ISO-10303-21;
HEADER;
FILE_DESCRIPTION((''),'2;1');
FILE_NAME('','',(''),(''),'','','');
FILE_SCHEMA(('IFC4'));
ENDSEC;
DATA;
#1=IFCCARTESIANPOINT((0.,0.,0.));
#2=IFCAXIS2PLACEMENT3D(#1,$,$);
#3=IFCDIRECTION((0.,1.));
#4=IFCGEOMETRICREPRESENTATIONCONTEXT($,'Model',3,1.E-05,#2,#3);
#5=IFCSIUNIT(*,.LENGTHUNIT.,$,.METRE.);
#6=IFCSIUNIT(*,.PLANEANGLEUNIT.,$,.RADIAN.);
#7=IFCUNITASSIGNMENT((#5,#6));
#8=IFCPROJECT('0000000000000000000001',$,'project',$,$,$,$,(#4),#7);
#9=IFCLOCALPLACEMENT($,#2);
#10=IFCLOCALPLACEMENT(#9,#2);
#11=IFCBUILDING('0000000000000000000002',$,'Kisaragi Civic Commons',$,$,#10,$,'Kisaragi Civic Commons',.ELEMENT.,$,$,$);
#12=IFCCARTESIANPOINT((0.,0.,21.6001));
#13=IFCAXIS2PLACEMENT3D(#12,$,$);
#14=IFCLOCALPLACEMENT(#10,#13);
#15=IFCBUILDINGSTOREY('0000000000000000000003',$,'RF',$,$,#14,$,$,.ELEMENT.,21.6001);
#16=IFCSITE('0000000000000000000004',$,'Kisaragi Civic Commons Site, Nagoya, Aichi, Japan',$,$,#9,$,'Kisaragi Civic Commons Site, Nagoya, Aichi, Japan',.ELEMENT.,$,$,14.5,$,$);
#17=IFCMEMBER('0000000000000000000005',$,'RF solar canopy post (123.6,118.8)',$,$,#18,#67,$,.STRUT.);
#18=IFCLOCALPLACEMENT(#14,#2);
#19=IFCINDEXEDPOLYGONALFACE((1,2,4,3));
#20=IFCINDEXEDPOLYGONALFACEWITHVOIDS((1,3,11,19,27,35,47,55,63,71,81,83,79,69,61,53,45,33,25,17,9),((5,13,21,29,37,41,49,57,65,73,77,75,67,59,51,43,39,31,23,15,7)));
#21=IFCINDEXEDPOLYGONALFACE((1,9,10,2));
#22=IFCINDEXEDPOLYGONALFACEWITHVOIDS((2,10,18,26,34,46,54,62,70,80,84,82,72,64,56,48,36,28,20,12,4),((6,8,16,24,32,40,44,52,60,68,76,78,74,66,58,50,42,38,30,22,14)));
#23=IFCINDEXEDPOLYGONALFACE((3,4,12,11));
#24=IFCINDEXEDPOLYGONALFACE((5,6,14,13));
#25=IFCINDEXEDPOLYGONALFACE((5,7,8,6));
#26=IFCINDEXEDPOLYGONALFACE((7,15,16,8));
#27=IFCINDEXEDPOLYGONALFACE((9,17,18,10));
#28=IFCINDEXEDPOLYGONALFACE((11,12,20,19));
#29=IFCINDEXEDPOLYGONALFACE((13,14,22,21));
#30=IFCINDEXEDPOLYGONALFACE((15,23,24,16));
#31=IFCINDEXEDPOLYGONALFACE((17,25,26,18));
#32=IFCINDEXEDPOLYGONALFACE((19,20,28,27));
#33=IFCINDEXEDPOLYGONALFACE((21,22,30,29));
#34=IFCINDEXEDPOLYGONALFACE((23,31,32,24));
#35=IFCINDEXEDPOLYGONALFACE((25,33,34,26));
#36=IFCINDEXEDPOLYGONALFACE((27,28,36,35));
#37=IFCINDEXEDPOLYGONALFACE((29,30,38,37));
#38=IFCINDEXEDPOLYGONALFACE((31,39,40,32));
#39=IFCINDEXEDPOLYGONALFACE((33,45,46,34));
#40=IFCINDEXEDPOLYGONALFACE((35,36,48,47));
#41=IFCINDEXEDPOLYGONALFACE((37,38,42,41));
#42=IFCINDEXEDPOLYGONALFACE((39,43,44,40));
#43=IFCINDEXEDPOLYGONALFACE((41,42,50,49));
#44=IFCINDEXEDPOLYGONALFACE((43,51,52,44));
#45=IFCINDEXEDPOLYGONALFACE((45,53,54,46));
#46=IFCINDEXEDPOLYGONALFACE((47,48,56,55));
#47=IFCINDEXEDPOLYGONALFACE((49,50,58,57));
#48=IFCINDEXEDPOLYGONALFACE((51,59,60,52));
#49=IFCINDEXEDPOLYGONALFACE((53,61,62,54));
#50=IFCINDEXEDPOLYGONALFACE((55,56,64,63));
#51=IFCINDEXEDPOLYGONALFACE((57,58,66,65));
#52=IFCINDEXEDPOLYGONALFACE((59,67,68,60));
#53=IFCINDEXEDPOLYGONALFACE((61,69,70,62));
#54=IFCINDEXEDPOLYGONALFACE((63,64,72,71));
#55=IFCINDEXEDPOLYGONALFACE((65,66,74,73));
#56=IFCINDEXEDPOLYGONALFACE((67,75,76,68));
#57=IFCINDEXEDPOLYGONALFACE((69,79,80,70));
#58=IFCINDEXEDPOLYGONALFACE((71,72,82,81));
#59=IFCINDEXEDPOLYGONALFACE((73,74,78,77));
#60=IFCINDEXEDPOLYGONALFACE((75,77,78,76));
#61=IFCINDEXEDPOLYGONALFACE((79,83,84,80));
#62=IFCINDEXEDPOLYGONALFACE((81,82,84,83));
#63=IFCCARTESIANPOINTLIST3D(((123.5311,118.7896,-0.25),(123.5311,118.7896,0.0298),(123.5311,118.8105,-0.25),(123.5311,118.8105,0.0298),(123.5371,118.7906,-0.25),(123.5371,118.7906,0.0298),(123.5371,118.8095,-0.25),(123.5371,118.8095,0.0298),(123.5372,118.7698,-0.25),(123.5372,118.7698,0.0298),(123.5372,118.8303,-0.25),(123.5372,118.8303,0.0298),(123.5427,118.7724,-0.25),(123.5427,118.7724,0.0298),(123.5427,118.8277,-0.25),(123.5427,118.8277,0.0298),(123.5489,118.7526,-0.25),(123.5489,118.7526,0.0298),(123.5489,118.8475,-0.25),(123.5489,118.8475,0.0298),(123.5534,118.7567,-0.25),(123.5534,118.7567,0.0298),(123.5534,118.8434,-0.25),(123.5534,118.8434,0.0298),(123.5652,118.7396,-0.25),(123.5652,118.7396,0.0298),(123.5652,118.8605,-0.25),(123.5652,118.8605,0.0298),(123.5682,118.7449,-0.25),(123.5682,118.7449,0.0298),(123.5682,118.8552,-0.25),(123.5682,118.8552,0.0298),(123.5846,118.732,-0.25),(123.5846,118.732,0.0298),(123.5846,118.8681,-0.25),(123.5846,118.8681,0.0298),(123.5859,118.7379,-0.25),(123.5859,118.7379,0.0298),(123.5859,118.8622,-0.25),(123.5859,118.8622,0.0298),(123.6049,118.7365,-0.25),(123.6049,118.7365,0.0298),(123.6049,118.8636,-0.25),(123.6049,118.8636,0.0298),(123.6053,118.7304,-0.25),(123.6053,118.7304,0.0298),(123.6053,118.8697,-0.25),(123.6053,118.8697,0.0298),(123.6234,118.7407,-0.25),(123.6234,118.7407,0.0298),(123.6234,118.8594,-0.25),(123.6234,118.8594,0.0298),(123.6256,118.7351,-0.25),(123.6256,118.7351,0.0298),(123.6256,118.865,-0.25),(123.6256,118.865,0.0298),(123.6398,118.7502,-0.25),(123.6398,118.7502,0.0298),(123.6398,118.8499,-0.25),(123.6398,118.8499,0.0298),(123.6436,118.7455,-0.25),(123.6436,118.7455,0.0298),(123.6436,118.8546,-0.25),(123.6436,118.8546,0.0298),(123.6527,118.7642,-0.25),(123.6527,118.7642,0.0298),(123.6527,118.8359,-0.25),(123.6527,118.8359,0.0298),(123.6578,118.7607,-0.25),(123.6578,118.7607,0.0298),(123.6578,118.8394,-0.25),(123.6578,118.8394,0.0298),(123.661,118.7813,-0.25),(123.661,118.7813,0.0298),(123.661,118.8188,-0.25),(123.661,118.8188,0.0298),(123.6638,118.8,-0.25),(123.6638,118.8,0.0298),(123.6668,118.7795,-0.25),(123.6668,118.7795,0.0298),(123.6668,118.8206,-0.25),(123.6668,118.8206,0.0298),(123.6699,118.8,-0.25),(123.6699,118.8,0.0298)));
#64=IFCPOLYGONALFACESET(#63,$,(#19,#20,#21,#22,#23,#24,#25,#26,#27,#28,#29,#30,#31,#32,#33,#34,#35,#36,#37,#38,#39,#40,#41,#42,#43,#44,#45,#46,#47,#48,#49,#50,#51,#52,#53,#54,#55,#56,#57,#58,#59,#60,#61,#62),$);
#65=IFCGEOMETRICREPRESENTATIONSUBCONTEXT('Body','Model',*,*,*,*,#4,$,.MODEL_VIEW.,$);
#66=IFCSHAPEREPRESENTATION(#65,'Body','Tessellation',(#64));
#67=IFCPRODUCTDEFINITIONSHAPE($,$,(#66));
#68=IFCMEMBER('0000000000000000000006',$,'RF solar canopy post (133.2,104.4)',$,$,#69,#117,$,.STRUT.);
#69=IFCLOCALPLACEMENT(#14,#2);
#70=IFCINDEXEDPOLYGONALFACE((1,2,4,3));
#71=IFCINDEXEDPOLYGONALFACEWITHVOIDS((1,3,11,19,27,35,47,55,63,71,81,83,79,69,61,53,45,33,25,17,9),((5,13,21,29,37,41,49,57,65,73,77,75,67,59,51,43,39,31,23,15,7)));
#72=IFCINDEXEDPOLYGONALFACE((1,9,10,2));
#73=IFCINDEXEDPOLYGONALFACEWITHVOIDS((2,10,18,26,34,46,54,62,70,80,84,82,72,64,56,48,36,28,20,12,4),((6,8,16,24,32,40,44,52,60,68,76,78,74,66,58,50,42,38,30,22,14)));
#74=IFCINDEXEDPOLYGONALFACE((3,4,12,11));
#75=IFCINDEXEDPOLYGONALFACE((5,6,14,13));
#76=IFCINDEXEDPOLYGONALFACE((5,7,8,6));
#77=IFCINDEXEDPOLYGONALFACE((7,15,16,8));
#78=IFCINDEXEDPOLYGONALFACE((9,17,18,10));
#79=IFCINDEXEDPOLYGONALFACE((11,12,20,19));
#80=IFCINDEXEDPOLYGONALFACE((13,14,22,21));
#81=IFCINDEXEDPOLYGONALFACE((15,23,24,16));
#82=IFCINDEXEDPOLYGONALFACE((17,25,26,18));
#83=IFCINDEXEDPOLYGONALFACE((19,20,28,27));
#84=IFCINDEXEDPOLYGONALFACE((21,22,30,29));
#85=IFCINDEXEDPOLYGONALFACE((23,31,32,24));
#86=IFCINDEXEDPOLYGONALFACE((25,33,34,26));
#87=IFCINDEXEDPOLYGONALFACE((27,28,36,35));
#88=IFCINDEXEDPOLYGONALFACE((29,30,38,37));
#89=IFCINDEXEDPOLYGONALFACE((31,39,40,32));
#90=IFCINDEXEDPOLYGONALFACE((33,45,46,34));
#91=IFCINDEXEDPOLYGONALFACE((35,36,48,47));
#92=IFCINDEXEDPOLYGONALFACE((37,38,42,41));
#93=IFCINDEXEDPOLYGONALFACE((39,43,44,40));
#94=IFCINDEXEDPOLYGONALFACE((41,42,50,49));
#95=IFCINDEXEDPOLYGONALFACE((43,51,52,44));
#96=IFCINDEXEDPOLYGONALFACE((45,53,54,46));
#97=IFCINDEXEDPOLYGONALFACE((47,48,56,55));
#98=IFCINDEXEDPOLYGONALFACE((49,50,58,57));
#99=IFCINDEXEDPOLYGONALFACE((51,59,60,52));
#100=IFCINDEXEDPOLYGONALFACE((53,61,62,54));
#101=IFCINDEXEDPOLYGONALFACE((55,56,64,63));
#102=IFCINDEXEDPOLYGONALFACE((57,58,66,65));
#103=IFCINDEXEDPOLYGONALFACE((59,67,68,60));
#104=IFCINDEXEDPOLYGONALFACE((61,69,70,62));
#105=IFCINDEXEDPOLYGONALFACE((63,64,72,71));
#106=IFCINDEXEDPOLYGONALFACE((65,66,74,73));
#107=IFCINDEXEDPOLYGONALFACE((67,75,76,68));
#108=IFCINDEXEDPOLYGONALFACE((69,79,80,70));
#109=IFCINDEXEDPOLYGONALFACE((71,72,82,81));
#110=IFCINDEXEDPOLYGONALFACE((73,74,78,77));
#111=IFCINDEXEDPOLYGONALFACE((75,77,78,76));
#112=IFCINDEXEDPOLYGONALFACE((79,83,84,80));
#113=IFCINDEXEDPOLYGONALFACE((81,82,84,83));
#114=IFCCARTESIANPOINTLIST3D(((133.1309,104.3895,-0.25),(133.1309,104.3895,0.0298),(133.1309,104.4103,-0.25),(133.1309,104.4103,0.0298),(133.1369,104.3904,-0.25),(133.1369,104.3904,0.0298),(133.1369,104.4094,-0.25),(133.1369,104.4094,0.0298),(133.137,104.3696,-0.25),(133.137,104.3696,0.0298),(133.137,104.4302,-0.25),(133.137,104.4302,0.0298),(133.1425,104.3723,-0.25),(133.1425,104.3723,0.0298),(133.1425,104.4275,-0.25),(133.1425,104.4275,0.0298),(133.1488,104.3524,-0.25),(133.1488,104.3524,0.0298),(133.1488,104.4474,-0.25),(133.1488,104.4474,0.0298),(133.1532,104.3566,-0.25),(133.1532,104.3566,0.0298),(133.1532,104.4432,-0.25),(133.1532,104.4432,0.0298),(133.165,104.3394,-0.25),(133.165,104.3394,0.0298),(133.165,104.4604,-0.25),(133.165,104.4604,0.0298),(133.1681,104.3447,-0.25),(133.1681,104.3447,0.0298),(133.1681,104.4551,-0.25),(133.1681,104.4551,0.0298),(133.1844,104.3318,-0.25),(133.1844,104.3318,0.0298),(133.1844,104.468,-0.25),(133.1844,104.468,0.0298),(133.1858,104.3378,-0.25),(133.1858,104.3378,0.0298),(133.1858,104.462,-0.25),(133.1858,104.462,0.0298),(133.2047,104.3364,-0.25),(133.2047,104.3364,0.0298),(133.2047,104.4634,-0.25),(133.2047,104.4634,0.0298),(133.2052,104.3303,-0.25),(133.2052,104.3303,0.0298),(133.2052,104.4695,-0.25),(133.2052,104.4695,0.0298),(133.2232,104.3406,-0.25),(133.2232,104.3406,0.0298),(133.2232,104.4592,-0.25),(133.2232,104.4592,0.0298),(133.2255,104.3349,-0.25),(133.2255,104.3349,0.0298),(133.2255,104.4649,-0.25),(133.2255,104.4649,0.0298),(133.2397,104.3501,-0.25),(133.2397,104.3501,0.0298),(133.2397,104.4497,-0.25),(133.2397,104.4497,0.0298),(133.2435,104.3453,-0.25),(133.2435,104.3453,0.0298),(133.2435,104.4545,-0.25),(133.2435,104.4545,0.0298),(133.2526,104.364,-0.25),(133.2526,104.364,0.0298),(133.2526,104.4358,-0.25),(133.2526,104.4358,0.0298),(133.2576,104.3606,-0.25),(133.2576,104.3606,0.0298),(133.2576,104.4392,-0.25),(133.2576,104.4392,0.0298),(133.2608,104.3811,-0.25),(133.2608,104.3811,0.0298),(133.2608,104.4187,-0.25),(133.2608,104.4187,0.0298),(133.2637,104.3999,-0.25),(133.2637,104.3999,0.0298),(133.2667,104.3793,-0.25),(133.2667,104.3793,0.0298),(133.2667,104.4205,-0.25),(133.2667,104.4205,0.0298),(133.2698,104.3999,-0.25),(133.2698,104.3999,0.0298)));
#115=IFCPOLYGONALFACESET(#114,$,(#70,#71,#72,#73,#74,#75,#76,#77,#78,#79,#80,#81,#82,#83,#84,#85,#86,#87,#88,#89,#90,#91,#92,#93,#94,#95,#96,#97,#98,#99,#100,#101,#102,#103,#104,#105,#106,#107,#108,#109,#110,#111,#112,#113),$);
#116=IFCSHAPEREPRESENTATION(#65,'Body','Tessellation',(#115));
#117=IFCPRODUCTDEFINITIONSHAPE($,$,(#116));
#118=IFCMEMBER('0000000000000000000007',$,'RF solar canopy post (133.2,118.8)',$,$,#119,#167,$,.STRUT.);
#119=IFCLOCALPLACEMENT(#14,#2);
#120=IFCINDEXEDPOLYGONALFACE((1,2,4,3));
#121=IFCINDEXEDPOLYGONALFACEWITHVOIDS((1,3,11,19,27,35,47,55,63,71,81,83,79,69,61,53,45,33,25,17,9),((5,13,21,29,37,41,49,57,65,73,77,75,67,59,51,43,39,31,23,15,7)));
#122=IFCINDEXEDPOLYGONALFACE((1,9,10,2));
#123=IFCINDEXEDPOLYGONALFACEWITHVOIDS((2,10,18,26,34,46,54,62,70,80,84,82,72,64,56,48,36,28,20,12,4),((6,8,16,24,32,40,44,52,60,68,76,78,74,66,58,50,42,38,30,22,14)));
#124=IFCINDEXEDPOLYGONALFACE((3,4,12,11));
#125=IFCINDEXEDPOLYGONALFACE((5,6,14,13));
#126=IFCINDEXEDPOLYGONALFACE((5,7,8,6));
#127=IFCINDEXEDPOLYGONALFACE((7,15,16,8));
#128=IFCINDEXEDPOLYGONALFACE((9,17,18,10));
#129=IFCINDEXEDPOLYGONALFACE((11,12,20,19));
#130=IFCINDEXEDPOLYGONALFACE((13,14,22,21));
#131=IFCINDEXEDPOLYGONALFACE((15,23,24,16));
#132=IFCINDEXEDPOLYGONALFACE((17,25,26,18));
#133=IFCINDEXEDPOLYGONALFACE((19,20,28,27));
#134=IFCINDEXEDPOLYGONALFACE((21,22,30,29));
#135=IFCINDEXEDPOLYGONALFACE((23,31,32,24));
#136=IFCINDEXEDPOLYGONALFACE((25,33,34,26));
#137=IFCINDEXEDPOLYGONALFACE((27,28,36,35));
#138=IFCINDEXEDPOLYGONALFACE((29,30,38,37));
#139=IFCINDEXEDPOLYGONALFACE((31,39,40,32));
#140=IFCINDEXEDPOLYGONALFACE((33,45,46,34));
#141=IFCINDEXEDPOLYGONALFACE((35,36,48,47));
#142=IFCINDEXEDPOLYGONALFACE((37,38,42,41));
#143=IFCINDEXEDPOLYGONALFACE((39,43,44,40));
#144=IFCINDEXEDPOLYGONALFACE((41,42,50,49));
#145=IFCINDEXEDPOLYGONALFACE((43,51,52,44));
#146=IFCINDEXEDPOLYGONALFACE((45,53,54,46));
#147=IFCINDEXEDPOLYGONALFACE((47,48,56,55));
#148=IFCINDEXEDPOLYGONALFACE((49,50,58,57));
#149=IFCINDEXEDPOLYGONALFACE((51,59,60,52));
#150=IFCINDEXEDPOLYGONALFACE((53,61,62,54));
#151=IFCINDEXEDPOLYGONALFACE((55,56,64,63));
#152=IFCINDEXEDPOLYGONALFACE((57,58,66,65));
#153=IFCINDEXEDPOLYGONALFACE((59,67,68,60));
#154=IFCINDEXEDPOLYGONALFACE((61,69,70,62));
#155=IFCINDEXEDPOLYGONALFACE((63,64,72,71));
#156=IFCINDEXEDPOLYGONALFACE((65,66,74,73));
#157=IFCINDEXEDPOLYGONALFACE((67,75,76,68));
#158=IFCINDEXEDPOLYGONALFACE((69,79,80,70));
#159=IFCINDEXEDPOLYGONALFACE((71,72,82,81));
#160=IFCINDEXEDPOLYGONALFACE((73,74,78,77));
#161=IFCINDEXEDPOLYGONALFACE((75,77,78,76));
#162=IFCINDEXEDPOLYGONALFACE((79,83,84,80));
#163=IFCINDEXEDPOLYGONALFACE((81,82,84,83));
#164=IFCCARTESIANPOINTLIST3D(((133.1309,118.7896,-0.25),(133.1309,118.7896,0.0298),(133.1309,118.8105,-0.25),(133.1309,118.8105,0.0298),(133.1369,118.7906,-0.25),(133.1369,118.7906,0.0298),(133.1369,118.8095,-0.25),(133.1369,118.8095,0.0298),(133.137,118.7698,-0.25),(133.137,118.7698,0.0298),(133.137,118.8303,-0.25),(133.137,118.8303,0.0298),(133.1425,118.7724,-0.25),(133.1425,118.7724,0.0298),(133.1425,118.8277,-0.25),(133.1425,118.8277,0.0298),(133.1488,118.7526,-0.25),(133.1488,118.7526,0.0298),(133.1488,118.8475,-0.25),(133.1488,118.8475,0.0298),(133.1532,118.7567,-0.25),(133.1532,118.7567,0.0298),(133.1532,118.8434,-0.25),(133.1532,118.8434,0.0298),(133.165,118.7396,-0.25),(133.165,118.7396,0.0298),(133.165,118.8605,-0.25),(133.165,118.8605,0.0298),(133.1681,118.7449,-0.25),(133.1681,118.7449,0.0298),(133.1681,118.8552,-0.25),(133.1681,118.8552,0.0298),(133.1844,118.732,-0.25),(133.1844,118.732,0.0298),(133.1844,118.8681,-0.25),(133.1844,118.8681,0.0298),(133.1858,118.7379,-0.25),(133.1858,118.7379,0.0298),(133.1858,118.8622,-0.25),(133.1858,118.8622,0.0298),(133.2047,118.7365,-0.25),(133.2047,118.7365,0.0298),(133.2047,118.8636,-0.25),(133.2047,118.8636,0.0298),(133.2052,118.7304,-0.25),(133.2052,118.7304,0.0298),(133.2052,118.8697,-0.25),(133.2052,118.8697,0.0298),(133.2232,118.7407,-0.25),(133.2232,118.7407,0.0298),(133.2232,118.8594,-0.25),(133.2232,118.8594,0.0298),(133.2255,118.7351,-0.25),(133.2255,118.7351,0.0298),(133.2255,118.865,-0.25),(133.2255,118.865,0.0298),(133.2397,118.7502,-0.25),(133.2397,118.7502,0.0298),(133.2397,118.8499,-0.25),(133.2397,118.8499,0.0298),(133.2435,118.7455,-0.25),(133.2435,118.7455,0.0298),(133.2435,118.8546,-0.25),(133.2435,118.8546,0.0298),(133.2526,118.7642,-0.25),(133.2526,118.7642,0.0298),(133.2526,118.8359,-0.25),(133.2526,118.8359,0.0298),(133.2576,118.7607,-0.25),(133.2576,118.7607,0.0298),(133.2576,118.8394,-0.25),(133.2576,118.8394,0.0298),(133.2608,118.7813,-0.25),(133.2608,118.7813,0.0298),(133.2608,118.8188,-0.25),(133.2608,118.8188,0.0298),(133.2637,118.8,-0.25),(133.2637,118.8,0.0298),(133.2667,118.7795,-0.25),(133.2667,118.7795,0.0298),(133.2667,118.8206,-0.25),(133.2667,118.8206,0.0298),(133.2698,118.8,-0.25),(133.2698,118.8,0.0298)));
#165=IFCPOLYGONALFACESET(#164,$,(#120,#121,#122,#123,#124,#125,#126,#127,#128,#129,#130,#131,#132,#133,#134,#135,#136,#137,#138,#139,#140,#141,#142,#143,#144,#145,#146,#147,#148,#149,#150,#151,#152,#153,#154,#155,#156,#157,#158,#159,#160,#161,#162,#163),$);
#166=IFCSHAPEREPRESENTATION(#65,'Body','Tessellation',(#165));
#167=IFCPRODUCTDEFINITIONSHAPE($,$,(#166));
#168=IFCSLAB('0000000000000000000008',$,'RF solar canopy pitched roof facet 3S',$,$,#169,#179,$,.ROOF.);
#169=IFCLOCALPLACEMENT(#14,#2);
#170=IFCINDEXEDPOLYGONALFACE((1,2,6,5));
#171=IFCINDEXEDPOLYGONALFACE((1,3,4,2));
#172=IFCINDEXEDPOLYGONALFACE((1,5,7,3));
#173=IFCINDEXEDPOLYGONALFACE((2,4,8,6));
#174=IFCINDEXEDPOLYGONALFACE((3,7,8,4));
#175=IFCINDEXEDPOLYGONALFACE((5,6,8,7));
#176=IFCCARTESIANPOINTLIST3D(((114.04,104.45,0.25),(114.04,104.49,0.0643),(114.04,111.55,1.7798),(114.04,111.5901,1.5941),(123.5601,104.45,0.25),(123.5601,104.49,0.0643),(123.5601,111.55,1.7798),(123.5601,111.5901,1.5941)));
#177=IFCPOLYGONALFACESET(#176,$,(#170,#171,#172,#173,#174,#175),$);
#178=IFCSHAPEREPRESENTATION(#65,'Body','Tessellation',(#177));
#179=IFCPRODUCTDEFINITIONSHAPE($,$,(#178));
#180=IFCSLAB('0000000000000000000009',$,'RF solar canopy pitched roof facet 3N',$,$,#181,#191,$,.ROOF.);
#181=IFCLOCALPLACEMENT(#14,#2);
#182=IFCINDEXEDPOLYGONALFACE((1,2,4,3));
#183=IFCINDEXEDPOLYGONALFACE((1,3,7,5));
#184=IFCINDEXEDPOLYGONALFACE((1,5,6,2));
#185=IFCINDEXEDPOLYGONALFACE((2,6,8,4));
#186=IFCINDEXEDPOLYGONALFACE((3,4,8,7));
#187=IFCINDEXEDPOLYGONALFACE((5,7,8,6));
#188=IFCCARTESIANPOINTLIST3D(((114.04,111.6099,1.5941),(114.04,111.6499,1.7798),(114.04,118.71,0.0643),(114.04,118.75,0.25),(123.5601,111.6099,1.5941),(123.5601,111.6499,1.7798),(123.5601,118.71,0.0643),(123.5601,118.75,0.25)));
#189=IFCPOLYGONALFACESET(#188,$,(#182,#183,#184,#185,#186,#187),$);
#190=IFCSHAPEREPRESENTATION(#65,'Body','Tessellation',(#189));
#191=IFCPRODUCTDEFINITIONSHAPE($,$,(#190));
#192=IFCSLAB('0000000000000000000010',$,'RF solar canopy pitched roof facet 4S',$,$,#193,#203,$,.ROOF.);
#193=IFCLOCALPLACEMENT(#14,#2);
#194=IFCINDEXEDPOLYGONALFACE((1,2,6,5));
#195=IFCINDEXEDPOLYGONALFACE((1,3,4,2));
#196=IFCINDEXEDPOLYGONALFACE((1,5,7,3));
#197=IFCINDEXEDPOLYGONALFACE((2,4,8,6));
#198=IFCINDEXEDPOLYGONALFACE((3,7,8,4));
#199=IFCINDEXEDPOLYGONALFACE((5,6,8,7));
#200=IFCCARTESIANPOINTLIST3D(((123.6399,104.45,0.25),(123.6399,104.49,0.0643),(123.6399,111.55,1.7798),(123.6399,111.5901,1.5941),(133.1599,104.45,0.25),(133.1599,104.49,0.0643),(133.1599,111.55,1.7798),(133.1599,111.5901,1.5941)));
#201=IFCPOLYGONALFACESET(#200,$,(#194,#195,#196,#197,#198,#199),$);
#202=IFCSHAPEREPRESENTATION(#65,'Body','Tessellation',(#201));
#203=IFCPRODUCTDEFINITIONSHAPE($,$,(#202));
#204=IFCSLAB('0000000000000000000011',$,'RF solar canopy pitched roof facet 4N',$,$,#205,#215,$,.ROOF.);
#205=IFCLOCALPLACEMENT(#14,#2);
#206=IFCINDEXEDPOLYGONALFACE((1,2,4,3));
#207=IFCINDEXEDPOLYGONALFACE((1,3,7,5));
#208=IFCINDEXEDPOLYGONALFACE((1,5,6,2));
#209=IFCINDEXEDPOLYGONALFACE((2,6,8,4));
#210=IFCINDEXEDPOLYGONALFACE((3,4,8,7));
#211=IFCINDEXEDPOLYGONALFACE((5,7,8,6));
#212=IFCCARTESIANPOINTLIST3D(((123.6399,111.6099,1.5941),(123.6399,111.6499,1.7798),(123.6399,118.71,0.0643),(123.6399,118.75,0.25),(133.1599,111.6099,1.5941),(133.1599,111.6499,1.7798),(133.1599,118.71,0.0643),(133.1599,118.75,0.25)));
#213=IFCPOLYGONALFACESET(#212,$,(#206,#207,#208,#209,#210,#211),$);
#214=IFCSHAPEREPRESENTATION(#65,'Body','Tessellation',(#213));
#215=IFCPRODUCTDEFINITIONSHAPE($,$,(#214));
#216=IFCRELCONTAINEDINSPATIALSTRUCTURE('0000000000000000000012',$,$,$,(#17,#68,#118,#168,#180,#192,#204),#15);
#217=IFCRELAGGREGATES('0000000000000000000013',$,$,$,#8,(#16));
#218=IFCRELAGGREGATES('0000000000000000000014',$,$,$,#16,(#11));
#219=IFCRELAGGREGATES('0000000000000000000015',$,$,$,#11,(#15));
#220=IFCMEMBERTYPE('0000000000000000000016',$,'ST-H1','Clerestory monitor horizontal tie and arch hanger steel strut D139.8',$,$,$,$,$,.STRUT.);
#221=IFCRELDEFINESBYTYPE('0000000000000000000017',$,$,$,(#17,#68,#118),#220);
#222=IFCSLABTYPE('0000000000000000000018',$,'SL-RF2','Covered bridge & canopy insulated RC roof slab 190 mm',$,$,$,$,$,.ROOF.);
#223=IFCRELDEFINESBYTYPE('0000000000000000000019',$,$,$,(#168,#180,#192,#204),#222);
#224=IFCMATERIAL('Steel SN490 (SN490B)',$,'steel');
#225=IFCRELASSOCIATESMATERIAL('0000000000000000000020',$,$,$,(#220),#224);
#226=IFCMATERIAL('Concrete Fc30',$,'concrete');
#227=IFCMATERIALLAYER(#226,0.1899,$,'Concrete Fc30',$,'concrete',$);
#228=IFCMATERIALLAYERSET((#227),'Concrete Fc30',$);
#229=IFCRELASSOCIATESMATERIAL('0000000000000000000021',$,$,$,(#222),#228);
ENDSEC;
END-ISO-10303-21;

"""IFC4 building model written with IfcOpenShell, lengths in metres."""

from ifc_helpers import new_model, si_unit, direction, frame, origin, origin_2d, place, context, subcontext, project, spatial, polyline, hollow_circle, outline, extrude, material, layer, layer_set, material_profile, profile_set, type_object, element, save


model = new_model("IFC4")

# Units and contexts
model_context = context("Model", 3, precision=1e-05, world=origin(), true_north=direction((0.0, 1.0)))
body_context = subcontext(model_context, "Body", "Model", "MODEL_VIEW")
ifc_project = project(units=[si_unit("LENGTHUNIT", "METRE"), si_unit("PLANEANGLEUNIT", "RADIAN")], contexts=[model_context])

# Site, building, storey
site_placement = place(None, origin())
site = spatial("IfcSite", under=ifc_project, at=site_placement, Name="Kisaragi Civic Commons Site, Nagoya, Aichi, Japan", LongName="Kisaragi Civic Commons Site, Nagoya, Aichi, Japan", CompositionType="ELEMENT", RefElevation=14.5)
building_placement = place(site_placement, origin())
building = spatial("IfcBuilding", under=site, at=building_placement, Name="Kisaragi Civic Commons", LongName="Kisaragi Civic Commons", CompositionType="ELEMENT")
storey_placement = place(building_placement, frame((0.0, 0.0, 21.6001)))
storey = spatial("IfcBuildingStorey", under=building, at=storey_placement, Name="RF", CompositionType="ELEMENT", Elevation=21.6001)

# Shared definitions
ifc_material_1 = material(Name="Concrete Fc30", Category="concrete")

# Members
ifc_material_2 = material(Name="Steel SN490 (SN490B)", Category="steel")
ifc_material_profile_1 = material_profile(ifc_material_2, hollow_circle(Radius=0.0698, WallThickness=0.0061, at=origin_2d()), Name="CHS-139.8x6.0", Category="steel")
ifc_profile_set_1 = profile_set([ifc_material_profile_1], Name="Steel SN490 (SN490B)")
member_type_1 = type_object("IfcMemberType", Name="ST-H1", Description="Clerestory monitor horizontal tie and arch hanger steel strut D139.8", PredefinedType="STRUT", material=ifc_profile_set_1)
for number, where, z_axis, x_axis, name in (
    (1, (123.6001, 118.8, -0.25), (0.0, 0.0, 1.0), (1.0, 0.0, 0.0), "RF solar canopy post (123.6,118.8)"),
    (2, (133.2, 104.3999, -0.25), (0.0, 0.0, 1.0), (1.0, 0.0, 0.0), "RF solar canopy post (133.2,104.4)"),
    (3, (133.2, 118.8, -0.25), (0.0, 0.0, 1.0), (1.0, 0.0, 0.0), "RF solar canopy post (133.2,118.8)"),
):
    element("IfcMember", number, at=place(storey_placement, frame(where, z_axis=z_axis, x_axis=x_axis)), inside=storey, type_object=member_type_1, Name=name, PredefinedType="STRUT", context=body_context, shape_type="SweptSolid", body=[
        extrude(hollow_circle(Radius=0.0698, WallThickness=0.0061, at=origin_2d()), origin(), (0.0, 0.0, 1.0), 0.2798),
    ])

# Slabs
ifc_layer_1 = layer(ifc_material_1, 0.1899, Name="Concrete Fc30", Category="concrete")
ifc_layer_set_1 = layer_set([ifc_layer_1], Name="Concrete Fc30")
slab_type = type_object("IfcSlabType", Name="SL-RF2", Description="Covered bridge & canopy insulated RC roof slab 190 mm", PredefinedType="ROOF", material=ifc_layer_set_1)
for number, where, z_axis, x_axis, name in (
    (4, (114.04, 104.45, 0.25), (0.0, -0.210626, 0.977567), (1.0, 0.0, 0.0), "RF solar canopy pitched roof facet 3S"),
    (5, (114.04, 111.6499, 1.7798), (0.0, 0.210626, 0.977567), (1.0, 0.0, 0.0), "RF solar canopy pitched roof facet 3N"),
    (6, (123.6399, 104.45, 0.25), (0.0, -0.210626, 0.977567), (1.0, 0.0, 0.0), "RF solar canopy pitched roof facet 4S"),
    (7, (123.6399, 111.6499, 1.7798), (0.0, 0.210626, 0.977567), (1.0, 0.0, 0.0), "RF solar canopy pitched roof facet 4N"),
):
    element("IfcSlab", number, at=place(storey_placement, frame(where, z_axis=z_axis, x_axis=x_axis)), inside=storey, type_object=slab_type, Name=name, PredefinedType="ROOF", context=body_context, shape_type="SweptSolid", body=[
        extrude(outline(polyline([(0.0, 0.0), (9.52, 0.0), (9.52, 7.263), (0.0, 7.263), (0.0, 0.0)])), origin(), (0.0, 0.0, -1.0), 0.1899),
    ])

save(model, "model.ifc")
